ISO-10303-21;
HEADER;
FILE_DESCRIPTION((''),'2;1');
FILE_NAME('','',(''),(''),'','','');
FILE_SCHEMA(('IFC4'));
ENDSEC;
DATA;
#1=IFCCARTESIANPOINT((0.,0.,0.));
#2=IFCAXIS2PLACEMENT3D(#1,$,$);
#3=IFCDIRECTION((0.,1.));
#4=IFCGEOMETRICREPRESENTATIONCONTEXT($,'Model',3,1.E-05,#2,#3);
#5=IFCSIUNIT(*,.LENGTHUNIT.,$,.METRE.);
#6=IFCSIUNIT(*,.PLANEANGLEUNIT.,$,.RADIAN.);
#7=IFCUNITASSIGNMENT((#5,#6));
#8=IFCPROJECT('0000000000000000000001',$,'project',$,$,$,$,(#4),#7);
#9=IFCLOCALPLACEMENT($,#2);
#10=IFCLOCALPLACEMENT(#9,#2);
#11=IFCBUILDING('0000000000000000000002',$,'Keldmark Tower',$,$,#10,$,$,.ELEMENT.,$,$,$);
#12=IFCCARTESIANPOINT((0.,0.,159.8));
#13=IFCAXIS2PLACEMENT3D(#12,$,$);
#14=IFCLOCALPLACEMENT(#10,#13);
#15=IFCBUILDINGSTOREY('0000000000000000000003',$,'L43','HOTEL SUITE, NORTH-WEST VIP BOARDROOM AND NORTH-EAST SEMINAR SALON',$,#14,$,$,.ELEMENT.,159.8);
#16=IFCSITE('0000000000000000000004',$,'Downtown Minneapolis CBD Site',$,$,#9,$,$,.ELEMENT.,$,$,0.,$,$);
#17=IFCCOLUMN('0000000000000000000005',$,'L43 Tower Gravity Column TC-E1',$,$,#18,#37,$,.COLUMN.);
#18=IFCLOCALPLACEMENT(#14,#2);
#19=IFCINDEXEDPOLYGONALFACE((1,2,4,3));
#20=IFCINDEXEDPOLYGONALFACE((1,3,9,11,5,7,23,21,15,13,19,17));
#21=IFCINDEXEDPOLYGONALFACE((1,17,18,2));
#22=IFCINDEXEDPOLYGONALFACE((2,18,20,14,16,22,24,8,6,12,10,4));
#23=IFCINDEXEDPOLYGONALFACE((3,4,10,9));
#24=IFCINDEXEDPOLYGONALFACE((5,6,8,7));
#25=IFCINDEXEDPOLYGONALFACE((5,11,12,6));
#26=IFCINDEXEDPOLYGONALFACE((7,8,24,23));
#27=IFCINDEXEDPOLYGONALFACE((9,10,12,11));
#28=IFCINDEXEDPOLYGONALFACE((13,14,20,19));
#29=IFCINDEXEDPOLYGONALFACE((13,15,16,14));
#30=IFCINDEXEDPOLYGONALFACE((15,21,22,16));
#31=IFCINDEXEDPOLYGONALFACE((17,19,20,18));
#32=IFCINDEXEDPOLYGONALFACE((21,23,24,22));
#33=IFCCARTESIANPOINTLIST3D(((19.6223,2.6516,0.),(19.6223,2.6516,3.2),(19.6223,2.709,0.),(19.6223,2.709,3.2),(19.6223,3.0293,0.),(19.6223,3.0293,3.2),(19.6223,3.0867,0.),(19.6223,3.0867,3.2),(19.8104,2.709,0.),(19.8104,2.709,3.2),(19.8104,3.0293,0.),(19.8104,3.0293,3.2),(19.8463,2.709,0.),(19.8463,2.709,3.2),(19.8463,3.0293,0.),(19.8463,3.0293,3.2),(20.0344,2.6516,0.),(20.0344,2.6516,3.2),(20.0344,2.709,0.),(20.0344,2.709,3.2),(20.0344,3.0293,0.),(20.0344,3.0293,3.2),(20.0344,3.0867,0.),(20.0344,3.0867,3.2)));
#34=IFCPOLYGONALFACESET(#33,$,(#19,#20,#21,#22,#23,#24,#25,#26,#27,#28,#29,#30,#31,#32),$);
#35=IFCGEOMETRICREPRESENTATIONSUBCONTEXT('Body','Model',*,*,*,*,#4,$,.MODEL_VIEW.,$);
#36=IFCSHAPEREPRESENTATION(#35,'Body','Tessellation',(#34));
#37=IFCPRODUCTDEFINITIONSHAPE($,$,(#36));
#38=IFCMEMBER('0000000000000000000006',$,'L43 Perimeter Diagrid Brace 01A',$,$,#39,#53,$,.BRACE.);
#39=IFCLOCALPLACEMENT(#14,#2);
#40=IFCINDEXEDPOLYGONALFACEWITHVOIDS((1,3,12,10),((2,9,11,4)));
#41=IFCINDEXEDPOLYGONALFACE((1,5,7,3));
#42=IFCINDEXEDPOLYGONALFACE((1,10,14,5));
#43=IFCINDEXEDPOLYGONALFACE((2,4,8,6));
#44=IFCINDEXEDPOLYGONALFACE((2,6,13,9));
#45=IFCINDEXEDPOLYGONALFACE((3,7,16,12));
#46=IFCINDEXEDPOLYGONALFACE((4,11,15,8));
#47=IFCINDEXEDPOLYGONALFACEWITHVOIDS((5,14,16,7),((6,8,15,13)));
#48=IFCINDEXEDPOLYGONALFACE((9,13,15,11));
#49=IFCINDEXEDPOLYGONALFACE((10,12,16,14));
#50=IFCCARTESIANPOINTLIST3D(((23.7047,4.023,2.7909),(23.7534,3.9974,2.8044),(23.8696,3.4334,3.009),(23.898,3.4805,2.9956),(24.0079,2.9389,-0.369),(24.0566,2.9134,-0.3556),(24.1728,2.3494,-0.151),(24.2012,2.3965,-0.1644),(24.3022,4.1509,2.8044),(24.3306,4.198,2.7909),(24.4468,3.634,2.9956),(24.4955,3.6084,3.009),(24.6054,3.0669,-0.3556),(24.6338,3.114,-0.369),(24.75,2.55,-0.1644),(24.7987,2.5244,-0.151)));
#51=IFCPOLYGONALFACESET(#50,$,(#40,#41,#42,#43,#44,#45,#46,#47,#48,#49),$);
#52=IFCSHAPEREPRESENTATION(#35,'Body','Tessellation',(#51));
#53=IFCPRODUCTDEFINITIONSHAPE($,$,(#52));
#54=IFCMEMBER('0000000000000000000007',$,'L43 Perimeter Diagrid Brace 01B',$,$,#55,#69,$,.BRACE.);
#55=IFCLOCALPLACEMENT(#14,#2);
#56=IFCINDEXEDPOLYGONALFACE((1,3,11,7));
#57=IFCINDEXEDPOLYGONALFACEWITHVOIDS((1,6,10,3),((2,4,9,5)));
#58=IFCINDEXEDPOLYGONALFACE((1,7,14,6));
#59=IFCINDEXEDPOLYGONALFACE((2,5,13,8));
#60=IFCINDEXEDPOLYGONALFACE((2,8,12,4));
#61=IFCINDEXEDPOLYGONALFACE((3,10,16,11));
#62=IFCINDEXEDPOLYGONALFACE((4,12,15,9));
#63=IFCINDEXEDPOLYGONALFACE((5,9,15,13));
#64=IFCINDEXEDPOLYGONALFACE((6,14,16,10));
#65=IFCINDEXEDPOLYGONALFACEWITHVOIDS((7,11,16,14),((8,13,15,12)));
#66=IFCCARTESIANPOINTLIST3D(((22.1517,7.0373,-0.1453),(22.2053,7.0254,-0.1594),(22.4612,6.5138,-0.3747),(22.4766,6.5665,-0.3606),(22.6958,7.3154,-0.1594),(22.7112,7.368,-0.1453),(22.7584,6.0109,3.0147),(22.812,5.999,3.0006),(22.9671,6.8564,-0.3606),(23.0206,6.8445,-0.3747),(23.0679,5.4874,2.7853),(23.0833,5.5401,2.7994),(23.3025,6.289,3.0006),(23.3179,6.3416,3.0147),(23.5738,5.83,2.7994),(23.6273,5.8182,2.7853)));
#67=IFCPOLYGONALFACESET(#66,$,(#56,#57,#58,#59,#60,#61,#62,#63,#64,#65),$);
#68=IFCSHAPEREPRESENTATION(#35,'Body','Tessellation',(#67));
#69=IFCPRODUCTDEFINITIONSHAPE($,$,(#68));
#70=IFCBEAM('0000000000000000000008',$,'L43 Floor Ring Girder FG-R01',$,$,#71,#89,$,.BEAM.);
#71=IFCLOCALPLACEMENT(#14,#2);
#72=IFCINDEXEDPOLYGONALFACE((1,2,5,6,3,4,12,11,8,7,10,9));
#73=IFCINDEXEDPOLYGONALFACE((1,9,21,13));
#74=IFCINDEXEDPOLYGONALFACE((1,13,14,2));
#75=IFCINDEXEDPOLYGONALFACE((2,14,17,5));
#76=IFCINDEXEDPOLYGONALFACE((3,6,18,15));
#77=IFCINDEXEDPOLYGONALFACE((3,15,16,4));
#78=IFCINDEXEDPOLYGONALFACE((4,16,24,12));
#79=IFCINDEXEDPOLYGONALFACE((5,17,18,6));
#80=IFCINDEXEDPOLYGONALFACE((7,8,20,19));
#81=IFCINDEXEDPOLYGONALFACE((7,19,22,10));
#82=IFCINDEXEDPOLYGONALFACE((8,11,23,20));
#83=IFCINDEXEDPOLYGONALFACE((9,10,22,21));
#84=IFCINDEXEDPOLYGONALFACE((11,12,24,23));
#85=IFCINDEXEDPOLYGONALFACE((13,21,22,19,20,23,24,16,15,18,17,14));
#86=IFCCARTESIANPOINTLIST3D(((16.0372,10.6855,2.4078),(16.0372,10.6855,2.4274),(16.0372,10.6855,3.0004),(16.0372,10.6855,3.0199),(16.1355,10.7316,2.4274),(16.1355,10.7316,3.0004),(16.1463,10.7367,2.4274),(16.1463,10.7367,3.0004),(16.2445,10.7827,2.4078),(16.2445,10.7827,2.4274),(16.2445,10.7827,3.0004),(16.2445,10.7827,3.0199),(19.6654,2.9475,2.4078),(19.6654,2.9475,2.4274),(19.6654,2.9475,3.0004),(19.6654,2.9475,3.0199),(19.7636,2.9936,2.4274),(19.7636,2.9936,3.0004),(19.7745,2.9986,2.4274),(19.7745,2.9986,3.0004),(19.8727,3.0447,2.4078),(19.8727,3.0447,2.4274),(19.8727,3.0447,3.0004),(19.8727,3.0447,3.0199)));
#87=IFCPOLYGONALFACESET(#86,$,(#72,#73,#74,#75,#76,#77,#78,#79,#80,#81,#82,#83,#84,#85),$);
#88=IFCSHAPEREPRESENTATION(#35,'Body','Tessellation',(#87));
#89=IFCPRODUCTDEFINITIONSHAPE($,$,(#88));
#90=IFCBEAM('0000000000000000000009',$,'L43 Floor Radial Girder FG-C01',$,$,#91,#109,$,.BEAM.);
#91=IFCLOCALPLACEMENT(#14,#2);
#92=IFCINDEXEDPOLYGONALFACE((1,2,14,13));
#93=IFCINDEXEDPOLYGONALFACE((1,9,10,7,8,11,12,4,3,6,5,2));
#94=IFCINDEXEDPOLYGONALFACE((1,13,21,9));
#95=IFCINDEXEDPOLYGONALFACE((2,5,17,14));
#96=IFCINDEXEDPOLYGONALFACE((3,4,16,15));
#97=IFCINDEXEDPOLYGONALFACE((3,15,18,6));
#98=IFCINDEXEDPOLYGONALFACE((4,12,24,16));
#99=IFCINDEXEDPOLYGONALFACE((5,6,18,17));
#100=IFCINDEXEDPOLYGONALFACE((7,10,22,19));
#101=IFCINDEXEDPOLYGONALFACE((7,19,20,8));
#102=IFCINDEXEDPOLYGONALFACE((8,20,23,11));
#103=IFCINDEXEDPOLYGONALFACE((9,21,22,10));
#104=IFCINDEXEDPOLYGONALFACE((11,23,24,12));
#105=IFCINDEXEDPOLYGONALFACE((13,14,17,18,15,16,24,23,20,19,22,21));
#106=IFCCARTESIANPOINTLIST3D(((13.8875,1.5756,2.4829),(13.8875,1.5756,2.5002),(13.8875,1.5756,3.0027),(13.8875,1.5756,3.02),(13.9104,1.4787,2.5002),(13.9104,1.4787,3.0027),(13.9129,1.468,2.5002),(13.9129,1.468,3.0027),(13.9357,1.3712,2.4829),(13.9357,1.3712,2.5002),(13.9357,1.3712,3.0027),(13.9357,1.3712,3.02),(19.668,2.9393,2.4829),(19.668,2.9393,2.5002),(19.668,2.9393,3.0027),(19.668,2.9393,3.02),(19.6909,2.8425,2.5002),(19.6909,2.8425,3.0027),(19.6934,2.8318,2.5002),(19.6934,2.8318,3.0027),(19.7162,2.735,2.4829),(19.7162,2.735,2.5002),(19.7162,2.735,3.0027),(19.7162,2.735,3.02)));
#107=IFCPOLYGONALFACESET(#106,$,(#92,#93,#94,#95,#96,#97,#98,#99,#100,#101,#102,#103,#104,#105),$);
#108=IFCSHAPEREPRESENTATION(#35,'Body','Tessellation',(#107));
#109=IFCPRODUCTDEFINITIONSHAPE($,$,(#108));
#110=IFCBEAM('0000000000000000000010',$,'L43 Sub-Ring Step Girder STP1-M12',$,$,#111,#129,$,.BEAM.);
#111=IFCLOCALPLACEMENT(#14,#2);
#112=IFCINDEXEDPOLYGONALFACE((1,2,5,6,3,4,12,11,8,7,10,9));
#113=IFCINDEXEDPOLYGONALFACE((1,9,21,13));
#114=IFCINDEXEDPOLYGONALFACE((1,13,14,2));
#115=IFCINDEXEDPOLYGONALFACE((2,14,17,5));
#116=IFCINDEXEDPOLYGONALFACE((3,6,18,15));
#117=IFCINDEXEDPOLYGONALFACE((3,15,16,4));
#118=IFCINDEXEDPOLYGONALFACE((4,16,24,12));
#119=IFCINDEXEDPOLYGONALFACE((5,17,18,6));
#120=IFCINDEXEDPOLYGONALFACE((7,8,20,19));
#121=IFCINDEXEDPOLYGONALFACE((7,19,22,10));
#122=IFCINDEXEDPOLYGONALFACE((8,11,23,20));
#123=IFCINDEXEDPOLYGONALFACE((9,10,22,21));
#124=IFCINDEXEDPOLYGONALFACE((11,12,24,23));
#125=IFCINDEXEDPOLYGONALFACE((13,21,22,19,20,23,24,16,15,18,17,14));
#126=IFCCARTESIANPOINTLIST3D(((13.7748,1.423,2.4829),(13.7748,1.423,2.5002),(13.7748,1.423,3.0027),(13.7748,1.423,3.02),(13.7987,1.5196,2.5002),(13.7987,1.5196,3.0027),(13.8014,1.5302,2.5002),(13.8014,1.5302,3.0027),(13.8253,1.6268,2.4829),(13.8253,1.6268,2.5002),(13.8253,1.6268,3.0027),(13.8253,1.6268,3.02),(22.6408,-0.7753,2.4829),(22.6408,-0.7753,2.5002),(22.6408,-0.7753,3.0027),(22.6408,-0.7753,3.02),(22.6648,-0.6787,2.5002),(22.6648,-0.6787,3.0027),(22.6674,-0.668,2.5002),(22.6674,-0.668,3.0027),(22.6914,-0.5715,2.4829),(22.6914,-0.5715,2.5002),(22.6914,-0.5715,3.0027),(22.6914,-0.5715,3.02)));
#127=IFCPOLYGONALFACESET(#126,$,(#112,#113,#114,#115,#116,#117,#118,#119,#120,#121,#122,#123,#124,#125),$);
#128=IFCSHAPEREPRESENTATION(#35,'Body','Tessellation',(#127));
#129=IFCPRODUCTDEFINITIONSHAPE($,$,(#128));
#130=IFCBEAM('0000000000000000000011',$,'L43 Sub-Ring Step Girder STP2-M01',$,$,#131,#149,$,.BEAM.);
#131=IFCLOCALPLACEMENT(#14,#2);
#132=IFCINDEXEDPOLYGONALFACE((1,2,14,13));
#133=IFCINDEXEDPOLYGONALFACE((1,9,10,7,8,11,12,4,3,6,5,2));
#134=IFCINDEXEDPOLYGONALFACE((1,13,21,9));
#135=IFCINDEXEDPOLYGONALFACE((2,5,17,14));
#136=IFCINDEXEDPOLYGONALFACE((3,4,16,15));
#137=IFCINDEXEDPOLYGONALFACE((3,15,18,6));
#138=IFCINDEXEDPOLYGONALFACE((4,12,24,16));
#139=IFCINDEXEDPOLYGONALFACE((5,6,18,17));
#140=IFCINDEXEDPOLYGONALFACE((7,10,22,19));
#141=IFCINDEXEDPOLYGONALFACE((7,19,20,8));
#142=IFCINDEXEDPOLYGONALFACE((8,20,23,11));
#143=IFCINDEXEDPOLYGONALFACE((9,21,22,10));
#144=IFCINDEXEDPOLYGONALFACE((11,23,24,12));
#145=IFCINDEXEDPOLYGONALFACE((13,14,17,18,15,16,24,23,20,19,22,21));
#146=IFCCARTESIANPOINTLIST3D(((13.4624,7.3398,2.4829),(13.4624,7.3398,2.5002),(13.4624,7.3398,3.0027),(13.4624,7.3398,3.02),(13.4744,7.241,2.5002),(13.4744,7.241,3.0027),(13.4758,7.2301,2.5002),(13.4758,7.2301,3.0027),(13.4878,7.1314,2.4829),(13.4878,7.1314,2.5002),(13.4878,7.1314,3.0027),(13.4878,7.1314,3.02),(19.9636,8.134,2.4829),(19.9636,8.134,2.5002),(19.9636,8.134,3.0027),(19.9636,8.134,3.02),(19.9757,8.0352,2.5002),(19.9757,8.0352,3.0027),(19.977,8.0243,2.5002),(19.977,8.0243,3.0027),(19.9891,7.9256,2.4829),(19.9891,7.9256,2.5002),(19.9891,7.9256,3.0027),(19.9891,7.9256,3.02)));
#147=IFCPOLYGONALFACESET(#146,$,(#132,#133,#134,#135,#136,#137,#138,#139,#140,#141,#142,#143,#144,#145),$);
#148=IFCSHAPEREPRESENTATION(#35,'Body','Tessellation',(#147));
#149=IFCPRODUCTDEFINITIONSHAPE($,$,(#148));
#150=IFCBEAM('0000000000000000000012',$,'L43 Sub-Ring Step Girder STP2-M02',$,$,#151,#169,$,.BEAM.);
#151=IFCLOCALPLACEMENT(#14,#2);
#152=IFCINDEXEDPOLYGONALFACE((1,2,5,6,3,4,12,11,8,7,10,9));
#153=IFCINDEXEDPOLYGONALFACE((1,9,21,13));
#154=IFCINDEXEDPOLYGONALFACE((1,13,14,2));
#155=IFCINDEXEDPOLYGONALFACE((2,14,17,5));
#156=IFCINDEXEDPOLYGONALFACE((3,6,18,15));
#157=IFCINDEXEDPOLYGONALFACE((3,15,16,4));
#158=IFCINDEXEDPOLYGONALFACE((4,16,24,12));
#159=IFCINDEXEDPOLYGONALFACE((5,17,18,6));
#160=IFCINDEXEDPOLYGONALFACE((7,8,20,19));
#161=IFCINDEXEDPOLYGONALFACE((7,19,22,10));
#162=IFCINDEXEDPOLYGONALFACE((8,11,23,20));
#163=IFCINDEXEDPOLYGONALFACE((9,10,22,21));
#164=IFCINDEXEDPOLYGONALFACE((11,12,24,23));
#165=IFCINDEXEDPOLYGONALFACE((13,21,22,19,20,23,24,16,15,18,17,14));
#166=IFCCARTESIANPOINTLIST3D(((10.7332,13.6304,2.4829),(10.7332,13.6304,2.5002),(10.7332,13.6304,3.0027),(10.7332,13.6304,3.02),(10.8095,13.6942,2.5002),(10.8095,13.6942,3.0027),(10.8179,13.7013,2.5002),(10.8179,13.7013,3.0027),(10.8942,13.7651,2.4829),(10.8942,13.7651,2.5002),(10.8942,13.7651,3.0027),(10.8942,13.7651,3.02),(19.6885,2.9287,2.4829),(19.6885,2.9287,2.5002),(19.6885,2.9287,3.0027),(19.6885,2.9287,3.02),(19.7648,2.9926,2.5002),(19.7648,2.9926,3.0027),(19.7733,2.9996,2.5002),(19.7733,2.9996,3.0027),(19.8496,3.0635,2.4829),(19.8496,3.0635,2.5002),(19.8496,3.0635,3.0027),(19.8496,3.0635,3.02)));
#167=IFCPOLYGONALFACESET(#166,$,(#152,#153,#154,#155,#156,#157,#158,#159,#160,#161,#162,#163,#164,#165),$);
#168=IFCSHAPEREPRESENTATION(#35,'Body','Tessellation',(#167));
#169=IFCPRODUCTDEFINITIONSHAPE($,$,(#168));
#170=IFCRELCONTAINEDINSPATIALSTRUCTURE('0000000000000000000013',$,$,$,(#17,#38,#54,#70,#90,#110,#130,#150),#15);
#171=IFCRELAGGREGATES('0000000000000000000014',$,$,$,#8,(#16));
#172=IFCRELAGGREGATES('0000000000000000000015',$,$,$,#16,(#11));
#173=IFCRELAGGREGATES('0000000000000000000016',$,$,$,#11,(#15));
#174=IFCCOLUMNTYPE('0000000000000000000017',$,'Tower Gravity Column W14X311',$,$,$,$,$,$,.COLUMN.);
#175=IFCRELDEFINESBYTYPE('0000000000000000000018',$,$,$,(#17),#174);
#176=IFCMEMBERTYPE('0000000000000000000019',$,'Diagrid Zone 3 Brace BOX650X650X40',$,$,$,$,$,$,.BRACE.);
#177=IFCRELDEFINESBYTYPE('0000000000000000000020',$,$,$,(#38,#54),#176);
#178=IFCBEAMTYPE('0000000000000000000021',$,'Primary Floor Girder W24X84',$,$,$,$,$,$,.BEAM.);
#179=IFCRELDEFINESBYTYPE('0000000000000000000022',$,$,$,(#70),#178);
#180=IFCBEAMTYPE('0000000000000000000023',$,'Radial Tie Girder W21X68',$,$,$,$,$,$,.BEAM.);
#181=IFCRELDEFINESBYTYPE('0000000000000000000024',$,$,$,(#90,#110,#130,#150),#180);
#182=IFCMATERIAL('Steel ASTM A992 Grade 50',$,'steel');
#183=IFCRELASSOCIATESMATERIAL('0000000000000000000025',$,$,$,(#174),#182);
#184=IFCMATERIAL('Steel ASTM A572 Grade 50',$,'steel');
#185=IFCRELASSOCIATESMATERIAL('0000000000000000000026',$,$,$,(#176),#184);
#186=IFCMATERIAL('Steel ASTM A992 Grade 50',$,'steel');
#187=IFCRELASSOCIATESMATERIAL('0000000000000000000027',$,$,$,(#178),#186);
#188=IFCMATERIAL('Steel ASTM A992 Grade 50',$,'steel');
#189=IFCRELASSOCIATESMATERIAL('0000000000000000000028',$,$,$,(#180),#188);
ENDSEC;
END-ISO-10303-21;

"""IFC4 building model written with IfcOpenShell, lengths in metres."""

from ifc_helpers import new_model, si_unit, direction, frame, origin, origin_2d, place, context, subcontext, project, spatial, hollow_rectangle, i_section, extrude, material, material_profile, profile_set, type_object, element, save


model = new_model("IFC4")

# Units and contexts
model_context = context("Model", 3, precision=1e-05, world=origin(), true_north=direction((0.0, 1.0)))
body_context = subcontext(model_context, "Body", "Model", "MODEL_VIEW")
ifc_project = project(units=[si_unit("LENGTHUNIT", "METRE"), si_unit("PLANEANGLEUNIT", "RADIAN")], contexts=[model_context])

# Site, building, storey
site_placement = place(None, origin())
site = spatial("IfcSite", under=ifc_project, at=site_placement, Name="Downtown Minneapolis CBD Site", CompositionType="ELEMENT", RefElevation=0.0)
building_placement = place(site_placement, origin())
building = spatial("IfcBuilding", under=site, at=building_placement, Name="Keldmark Tower", CompositionType="ELEMENT")
storey_placement = place(building_placement, frame((0.0, 0.0, 159.8)))
storey = spatial("IfcBuildingStorey", under=building, at=storey_placement, Name="L43", Description="HOTEL SUITE, NORTH-WEST VIP BOARDROOM AND NORTH-EAST SEMINAR SALON", CompositionType="ELEMENT", Elevation=159.8)

# Column
ifc_material_1 = material(Name="Steel ASTM A992 Grade 50", Category="steel")
ifc_material_profile_1 = material_profile(ifc_material_1, i_section(OverallWidth=0.4121, OverallDepth=0.4351, WebThickness=0.0359, FlangeThickness=0.0574, at=origin_2d()), Name="W14X311")
ifc_profile_set_1 = profile_set([ifc_material_profile_1], Name="Steel ASTM A992 Grade 50")
column_type = type_object("IfcColumnType", Name="Tower Gravity Column W14X311", PredefinedType="COLUMN", material=ifc_profile_set_1)
column_placement = place(storey_placement, frame((19.8284, 2.8691, 0.0), z_axis=(0.0, 0.0, 1.0), x_axis=(1.0, 0.0, 0.0)))
element("IfcColumn", 1, at=column_placement, inside=storey, type_object=column_type, Name="L43 Tower Gravity Column TC-E1", PredefinedType="COLUMN", context=body_context, shape_type="SweptSolid", body=[
    extrude(i_section(OverallWidth=0.4121, OverallDepth=0.4351, WebThickness=0.0359, FlangeThickness=0.0574, at=origin_2d()), origin(), (0.0, 0.0, 1.0), 3.2),
])

# Members
ifc_material_2 = material(Name="Steel ASTM A572 Grade 50", Category="steel")
ifc_material_profile_2 = material_profile(ifc_material_2, hollow_rectangle(XDim=0.6499, YDim=0.6499, WallThickness=0.04, at=origin_2d()), Name="BOX650X650X40")
ifc_profile_set_2 = profile_set([ifc_material_profile_2], Name="Steel ASTM A572 Grade 50")
member_type = type_object("IfcMemberType", Name="Diagrid Zone 3 Brace BOX650X650X40", PredefinedType="BRACE", material=ifc_profile_set_2)
member_1_placement = place(storey_placement, frame((24.4033, 2.7317, -0.26), z_axis=(-0.090395, 0.323153, 0.94202), x_axis=(-0.963032, -0.269389, 0.0)))
element("IfcMember", 2, at=member_1_placement, inside=storey, type_object=member_type, Name="L43 Perimeter Diagrid Brace 01A", PredefinedType="BRACE", context=body_context, shape_type="SweptSolid", body=[
    extrude(hollow_rectangle(XDim=0.6499, YDim=0.6499, WallThickness=0.04, at=origin_2d()), origin(), (0.0, 0.0, 1.0), 3.3545),
])
member_2_placement = place(storey_placement, frame((22.5862, 6.9409, -0.26), z_axis=(0.179634, -0.303896, 0.935617), x_axis=(0.860853, 0.508853, 0.0)))
element("IfcMember", 3, at=member_2_placement, inside=storey, type_object=member_type, Name="L43 Perimeter Diagrid Brace 01B", PredefinedType="BRACE", context=body_context, shape_type="SweptSolid", body=[
    extrude(hollow_rectangle(XDim=0.6499, YDim=0.6499, WallThickness=0.04, at=origin_2d()), origin(), (0.0, 0.0, 1.0), 3.3774),
])

# Beams
ifc_material_3 = material(Name="Steel ASTM A992 Grade 50", Category="steel")
ifc_material_profile_3 = material_profile(ifc_material_3, i_section(OverallWidth=0.229, OverallDepth=0.6121, WebThickness=0.012, FlangeThickness=0.0195, at=origin_2d()), Name="W24X84")
ifc_profile_set_3 = profile_set([ifc_material_profile_3], Name="Steel ASTM A992 Grade 50")
beam_type_1 = type_object("IfcBeamType", Name="Primary Floor Girder W24X84", PredefinedType="BEAM", material=ifc_profile_set_3)
beam_1_placement = place(storey_placement, frame((19.769, 2.9961, 2.7139), z_axis=(-0.424527, 0.905415, 0.0), x_axis=(-0.905415, -0.424527, 0.0)))
element("IfcBeam", 4, at=beam_1_placement, inside=storey, type_object=beam_type_1, Name="L43 Floor Ring Girder FG-R01", PredefinedType="BEAM", context=body_context, shape_type="SweptSolid", body=[
    extrude(i_section(OverallWidth=0.229, OverallDepth=0.6121, WebThickness=0.012, FlangeThickness=0.0195, at=origin_2d()), origin(), (0.0, 0.0, 1.0), 8.5464),
])
ifc_material_4 = material(Name="Steel ASTM A992 Grade 50", Category="steel")
ifc_material_profile_4 = material_profile(ifc_material_4, i_section(OverallWidth=0.21, OverallDepth=0.5371, WebThickness=0.011, FlangeThickness=0.0173, at=origin_2d()), Name="W21X68")
ifc_profile_set_4 = profile_set([ifc_material_profile_4], Name="Steel ASTM A992 Grade 50")
beam_type_2 = type_object("IfcBeamType", Name="Radial Tie Girder W21X68", PredefinedType="BEAM", material=ifc_profile_set_4)
beam_2_placement = place(storey_placement, frame((19.6921, 2.8372, 2.7515), z_axis=(-0.97328, -0.229621, 0.0), x_axis=(0.229621, -0.97328, 0.0)))
element("IfcBeam", 5, at=beam_2_placement, inside=storey, type_object=beam_type_2, Name="L43 Floor Radial Girder FG-C01", PredefinedType="BEAM", context=body_context, shape_type="SweptSolid", body=[
    extrude(i_section(OverallWidth=0.21, OverallDepth=0.5371, WebThickness=0.011, FlangeThickness=0.0173, at=origin_2d()), origin(), (0.0, 0.0, 1.0), 5.9392),
])
beam_3_placement = place(storey_placement, frame((13.8, 1.5249, 2.7515), z_axis=(0.970611, -0.240655, 0.0), x_axis=(0.240655, 0.970611, 0.0)))
element("IfcBeam", 6, at=beam_3_placement, inside=storey, type_object=beam_type_2, Name="L43 Sub-Ring Step Girder STP1-M12", PredefinedType="BEAM", context=body_context, shape_type="SweptSolid", body=[
    extrude(i_section(OverallWidth=0.21, OverallDepth=0.5371, WebThickness=0.011, FlangeThickness=0.0173, at=origin_2d()), origin(), (0.0, 0.0, 1.0), 9.1345),
])
beam_4_placement = place(storey_placement, frame((13.4751, 7.2356, 2.7515), z_axis=(0.992621, 0.121259, 0.0), x_axis=(-0.121259, 0.992621, 0.0)))
element("IfcBeam", 7, at=beam_4_placement, inside=storey, type_object=beam_type_2, Name="L43 Sub-Ring Step Girder STP2-M01", PredefinedType="BEAM", context=body_context, shape_type="SweptSolid", body=[
    extrude(i_section(OverallWidth=0.21, OverallDepth=0.5371, WebThickness=0.011, FlangeThickness=0.0173, at=origin_2d()), origin(), (0.0, 0.0, 1.0), 6.5496),
])
beam_5_placement = place(storey_placement, frame((19.769, 2.9961, 2.7515), z_axis=(-0.641759, 0.766906, 0.0), x_axis=(-0.766906, -0.641759, 0.0)))
element("IfcBeam", 8, at=beam_5_placement, inside=storey, type_object=beam_type_2, Name="L43 Sub-Ring Step Girder STP2-M02", PredefinedType="BEAM", context=body_context, shape_type="SweptSolid", body=[
    extrude(i_section(OverallWidth=0.21, OverallDepth=0.5371, WebThickness=0.011, FlangeThickness=0.0173, at=origin_2d()), origin(), (0.0, 0.0, 1.0), 13.9543),
])

save(model, "model.ifc")
